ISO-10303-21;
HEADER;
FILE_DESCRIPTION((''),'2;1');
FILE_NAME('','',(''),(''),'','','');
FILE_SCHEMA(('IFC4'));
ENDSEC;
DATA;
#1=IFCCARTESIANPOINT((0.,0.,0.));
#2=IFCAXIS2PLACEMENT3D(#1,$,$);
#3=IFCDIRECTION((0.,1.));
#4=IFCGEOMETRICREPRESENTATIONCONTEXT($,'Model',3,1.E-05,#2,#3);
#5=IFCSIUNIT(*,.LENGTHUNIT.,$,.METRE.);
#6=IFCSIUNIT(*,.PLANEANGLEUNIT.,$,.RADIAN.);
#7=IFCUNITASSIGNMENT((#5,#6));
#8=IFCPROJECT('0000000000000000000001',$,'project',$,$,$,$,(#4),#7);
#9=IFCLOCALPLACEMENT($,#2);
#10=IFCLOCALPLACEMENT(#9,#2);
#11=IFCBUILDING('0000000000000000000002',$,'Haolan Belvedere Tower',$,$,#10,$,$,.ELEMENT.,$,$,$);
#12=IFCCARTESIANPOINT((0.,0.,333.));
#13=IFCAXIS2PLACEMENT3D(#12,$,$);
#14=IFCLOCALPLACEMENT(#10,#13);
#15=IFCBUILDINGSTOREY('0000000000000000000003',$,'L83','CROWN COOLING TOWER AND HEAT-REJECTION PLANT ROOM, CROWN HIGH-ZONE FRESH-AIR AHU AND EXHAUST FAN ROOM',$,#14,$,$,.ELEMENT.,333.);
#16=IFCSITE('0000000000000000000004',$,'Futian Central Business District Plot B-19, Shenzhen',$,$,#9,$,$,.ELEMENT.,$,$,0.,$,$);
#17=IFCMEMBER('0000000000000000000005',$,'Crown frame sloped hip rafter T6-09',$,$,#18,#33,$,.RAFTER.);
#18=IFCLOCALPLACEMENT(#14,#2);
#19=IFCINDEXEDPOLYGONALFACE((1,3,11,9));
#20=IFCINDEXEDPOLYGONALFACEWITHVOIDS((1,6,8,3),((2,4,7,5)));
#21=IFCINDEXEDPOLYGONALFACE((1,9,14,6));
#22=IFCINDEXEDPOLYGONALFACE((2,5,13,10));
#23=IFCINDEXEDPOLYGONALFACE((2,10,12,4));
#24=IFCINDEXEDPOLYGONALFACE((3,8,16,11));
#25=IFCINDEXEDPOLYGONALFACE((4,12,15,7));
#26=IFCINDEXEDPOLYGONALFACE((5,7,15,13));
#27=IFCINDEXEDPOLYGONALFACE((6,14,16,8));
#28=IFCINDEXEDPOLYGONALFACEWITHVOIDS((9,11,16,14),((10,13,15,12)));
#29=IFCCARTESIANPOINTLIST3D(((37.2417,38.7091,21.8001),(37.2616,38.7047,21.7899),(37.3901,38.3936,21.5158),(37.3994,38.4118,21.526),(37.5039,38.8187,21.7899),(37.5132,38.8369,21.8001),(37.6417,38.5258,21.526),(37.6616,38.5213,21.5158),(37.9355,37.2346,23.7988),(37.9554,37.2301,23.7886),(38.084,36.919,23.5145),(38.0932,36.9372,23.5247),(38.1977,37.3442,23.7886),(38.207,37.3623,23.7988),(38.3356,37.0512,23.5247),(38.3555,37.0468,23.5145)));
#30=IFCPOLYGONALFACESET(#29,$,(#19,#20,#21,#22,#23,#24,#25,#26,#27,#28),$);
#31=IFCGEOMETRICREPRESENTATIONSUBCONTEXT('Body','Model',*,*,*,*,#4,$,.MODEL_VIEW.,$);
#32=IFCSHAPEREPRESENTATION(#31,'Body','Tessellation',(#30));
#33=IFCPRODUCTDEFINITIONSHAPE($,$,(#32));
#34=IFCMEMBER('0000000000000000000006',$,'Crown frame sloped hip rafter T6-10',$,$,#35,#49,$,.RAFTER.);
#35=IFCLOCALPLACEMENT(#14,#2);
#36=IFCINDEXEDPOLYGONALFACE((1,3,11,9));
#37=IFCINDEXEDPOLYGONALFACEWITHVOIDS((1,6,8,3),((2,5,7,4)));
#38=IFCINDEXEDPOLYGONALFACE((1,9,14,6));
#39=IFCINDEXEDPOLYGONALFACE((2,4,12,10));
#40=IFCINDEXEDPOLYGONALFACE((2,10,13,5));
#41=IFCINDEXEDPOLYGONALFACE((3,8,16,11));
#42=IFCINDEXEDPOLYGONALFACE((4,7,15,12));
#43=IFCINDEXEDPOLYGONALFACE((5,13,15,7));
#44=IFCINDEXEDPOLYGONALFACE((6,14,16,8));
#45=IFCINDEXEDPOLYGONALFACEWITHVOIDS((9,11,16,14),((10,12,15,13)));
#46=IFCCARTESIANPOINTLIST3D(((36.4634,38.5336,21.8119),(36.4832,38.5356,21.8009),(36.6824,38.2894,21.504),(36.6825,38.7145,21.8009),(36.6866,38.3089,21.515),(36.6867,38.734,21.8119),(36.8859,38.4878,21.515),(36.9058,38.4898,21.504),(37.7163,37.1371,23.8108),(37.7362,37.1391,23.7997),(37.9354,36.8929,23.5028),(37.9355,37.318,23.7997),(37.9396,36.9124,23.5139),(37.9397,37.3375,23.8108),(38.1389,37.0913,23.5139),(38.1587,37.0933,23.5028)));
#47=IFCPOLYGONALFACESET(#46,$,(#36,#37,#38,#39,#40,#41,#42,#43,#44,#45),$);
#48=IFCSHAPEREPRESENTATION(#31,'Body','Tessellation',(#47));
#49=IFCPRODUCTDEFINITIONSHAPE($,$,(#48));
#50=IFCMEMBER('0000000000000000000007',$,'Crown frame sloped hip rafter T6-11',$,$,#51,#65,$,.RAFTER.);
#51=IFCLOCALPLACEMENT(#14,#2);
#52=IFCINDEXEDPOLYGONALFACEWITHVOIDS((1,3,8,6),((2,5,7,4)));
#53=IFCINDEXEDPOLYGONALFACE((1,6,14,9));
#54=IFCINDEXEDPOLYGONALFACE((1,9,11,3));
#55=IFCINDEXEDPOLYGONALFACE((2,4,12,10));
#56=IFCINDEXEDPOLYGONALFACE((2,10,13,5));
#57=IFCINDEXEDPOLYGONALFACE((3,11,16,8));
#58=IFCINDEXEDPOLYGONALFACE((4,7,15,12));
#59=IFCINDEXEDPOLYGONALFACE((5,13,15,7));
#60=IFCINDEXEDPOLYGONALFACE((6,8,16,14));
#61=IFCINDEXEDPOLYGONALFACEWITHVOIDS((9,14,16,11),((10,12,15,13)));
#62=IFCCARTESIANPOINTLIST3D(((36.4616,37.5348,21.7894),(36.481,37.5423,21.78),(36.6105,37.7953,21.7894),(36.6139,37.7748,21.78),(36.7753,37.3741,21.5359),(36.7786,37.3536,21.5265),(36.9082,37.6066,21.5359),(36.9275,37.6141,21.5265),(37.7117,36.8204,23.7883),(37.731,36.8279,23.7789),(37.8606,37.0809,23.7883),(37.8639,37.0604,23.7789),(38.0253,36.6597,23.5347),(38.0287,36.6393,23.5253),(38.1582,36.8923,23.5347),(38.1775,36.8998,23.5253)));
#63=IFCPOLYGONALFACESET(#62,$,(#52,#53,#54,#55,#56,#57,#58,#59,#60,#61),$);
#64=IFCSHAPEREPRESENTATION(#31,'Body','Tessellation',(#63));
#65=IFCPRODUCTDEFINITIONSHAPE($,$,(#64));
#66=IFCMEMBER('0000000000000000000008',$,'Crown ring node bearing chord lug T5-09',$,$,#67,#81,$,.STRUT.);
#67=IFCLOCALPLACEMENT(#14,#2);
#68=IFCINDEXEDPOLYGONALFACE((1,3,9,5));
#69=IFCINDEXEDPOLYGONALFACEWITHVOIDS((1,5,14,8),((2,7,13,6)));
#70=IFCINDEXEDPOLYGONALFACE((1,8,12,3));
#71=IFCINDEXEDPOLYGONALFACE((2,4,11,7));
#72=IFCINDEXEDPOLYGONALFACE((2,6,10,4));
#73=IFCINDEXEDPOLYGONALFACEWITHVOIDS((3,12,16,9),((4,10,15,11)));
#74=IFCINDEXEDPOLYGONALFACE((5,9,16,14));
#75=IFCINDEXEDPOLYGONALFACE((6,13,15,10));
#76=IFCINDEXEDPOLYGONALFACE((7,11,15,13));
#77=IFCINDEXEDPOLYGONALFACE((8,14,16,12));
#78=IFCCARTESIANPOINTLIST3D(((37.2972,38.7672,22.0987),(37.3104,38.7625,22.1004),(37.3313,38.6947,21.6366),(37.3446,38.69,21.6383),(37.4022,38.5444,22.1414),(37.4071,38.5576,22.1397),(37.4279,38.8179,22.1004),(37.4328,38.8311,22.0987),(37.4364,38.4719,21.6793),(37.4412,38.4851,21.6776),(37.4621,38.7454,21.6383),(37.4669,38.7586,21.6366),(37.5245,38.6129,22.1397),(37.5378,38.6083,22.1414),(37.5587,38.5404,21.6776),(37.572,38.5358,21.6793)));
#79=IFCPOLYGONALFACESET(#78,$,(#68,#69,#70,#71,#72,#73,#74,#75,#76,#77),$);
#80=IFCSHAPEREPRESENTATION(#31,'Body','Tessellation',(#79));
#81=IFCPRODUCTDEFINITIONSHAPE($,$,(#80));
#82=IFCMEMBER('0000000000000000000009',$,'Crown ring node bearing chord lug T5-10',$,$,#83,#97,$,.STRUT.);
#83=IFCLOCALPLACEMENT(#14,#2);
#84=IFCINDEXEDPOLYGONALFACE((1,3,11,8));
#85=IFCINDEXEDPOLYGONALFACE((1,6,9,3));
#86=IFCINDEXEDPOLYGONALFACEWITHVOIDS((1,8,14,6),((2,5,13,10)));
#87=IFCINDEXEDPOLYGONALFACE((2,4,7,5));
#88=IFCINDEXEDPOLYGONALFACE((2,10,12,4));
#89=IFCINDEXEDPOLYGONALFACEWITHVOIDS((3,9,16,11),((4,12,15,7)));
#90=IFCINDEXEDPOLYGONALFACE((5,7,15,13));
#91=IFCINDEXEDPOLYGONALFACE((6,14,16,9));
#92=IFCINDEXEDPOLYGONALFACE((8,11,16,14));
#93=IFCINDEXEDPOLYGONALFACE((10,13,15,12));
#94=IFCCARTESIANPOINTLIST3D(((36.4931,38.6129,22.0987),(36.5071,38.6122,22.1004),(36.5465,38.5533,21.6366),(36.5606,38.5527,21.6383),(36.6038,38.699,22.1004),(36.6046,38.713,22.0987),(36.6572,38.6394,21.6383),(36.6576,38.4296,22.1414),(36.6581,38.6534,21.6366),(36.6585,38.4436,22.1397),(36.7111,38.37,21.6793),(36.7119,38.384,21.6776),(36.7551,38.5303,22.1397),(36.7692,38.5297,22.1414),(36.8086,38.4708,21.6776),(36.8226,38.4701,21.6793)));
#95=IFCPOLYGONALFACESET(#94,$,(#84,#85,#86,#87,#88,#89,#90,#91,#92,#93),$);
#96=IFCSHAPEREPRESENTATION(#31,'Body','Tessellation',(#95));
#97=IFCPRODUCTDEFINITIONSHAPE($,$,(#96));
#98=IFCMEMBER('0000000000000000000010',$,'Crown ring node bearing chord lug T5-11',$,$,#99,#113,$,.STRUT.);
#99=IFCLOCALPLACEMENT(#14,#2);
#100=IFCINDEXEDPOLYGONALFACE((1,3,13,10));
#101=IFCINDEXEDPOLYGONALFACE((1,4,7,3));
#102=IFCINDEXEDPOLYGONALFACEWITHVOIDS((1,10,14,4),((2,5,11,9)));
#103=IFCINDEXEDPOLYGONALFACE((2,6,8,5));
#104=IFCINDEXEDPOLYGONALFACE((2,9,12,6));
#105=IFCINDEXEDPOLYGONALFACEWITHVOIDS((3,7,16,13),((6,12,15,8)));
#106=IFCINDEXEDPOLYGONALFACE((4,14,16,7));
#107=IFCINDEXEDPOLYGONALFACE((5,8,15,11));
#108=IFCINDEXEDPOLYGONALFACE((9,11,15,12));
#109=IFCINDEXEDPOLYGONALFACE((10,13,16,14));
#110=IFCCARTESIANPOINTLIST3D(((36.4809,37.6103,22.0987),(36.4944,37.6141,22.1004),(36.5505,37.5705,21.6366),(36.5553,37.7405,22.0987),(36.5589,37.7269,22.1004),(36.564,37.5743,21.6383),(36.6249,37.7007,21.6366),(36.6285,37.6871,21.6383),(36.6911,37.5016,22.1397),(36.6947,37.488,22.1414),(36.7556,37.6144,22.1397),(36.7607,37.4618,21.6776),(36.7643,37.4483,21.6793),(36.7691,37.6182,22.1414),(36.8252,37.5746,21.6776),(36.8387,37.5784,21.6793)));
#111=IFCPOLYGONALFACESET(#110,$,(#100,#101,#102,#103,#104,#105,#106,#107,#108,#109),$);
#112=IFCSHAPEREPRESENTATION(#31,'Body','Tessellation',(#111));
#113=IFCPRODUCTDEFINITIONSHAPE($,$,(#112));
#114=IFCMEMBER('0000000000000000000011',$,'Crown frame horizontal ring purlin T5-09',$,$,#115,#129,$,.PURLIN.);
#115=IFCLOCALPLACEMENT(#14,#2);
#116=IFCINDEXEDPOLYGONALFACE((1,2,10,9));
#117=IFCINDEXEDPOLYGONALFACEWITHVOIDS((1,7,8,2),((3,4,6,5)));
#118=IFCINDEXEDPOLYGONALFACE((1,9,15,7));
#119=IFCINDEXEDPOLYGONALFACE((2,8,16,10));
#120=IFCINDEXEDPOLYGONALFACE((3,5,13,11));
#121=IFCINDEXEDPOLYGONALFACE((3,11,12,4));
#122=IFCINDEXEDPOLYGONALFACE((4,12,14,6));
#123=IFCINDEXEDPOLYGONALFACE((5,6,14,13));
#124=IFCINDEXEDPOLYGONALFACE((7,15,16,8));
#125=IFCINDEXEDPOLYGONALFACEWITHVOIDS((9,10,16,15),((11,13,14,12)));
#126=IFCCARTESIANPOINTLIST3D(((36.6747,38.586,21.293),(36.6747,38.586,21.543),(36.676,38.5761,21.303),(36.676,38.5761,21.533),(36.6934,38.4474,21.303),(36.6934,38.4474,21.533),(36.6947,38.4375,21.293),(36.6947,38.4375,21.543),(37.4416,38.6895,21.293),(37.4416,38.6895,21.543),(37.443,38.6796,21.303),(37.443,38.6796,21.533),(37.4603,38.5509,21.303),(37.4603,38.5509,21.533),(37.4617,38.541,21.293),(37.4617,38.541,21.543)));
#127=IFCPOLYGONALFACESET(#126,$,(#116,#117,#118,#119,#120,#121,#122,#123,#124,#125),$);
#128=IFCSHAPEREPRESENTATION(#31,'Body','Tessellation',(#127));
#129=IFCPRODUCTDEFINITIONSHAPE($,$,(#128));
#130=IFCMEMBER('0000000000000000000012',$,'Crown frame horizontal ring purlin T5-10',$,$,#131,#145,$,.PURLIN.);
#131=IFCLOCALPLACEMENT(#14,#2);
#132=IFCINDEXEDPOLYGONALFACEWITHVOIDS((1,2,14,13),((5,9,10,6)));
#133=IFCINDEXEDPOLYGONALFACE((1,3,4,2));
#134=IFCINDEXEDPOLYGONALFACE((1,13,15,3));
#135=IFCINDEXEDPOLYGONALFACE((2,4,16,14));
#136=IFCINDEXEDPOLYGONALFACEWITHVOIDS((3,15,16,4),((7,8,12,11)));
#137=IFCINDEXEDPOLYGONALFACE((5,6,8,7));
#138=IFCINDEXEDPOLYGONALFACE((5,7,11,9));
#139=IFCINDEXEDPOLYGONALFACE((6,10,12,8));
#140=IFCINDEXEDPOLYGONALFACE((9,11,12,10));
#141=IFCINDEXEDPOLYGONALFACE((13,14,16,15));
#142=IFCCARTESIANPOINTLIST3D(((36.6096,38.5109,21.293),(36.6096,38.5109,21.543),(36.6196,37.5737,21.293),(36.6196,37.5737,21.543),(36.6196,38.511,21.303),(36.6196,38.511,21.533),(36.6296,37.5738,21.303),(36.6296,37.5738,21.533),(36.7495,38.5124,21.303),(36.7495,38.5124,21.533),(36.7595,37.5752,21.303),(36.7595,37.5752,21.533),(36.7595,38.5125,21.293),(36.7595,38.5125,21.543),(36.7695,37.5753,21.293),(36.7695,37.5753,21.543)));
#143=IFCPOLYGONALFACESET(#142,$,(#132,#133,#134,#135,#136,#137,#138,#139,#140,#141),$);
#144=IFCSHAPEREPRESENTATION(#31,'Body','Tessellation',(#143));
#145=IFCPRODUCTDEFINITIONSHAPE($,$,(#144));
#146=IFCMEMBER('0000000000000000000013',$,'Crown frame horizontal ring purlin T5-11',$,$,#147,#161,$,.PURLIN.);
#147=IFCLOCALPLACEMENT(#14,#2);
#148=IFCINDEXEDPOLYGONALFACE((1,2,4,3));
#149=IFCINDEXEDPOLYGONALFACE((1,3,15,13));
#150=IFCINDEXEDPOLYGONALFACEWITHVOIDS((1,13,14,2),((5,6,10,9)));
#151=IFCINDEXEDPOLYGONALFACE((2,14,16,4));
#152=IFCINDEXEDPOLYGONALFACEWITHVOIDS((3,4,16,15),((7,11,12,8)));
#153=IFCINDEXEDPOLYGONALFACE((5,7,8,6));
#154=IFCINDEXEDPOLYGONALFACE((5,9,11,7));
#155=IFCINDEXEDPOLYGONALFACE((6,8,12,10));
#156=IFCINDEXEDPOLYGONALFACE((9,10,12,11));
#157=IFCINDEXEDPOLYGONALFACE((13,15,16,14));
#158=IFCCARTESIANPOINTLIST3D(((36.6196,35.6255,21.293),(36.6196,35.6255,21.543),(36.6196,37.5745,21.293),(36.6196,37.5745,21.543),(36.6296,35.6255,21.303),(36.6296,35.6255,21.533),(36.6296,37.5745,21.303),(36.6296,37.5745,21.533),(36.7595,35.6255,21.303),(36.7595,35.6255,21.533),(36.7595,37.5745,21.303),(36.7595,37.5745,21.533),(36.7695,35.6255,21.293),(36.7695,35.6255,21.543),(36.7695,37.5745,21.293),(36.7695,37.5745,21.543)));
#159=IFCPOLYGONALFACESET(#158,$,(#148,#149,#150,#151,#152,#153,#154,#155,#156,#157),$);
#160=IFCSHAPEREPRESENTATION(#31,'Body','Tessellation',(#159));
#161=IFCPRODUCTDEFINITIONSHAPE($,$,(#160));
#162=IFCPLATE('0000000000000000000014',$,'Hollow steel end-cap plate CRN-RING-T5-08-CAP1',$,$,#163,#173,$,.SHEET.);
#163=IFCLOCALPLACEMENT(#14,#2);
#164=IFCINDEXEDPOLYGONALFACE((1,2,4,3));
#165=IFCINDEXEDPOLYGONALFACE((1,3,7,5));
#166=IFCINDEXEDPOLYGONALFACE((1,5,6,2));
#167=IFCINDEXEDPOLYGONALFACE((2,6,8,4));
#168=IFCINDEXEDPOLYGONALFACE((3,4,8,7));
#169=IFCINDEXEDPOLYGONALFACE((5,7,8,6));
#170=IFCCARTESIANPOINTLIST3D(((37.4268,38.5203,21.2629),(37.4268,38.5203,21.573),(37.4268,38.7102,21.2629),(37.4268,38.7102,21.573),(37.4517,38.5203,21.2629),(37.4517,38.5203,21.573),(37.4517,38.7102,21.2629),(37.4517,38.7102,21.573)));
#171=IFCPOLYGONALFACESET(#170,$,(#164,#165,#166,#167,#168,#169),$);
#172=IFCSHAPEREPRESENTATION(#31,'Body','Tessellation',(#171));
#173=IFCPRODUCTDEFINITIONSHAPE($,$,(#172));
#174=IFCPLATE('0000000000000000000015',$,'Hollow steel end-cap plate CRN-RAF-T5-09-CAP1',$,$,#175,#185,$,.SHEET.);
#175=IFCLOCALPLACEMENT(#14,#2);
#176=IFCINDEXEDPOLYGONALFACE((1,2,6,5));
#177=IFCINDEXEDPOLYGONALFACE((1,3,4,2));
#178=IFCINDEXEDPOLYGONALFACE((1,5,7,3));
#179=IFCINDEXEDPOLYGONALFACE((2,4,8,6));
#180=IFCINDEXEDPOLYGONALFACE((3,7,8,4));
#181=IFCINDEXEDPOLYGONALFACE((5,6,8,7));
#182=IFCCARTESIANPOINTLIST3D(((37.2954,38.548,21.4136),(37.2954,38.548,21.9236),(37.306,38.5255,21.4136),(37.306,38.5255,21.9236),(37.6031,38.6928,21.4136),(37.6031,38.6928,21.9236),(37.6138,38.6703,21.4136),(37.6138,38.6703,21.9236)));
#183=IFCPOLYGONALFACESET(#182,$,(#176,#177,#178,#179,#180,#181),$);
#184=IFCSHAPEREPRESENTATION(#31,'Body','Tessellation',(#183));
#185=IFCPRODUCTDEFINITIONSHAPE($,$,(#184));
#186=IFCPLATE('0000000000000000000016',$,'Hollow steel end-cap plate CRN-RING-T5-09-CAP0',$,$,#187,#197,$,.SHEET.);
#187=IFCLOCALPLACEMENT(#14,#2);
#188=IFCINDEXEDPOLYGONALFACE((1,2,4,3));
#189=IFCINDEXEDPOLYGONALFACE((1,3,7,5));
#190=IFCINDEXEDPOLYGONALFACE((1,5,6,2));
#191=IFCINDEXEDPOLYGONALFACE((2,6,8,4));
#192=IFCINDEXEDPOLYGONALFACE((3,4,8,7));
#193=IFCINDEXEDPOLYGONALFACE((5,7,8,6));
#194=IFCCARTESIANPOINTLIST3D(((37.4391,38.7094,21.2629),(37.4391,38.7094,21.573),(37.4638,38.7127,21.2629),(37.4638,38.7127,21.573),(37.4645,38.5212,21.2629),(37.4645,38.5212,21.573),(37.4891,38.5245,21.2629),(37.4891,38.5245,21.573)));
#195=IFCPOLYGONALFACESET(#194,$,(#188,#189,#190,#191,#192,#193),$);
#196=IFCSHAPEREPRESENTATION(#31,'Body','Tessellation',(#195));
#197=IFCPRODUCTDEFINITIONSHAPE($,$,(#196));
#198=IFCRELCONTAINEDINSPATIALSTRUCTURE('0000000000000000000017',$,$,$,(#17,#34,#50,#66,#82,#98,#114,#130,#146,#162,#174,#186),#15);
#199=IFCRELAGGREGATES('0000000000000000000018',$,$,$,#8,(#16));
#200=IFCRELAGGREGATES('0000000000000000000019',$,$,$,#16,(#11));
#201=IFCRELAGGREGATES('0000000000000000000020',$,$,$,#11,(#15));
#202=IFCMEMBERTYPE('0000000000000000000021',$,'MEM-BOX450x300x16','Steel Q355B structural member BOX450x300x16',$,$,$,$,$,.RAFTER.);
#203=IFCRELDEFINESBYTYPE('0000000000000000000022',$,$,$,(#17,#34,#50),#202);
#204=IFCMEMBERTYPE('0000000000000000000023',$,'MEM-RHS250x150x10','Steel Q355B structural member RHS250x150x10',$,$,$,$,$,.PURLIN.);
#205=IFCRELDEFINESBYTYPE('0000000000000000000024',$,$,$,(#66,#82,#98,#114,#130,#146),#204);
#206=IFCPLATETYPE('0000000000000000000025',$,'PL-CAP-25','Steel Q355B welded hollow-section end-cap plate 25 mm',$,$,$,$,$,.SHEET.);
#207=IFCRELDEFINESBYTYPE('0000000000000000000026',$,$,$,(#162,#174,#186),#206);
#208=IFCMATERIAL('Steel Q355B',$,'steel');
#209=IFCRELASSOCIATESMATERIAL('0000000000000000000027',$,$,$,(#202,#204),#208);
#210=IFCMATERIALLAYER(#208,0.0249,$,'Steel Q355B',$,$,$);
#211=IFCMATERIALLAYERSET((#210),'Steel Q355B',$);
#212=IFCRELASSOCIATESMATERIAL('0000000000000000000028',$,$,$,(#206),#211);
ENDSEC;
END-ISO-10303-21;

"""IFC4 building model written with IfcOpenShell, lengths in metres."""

from ifc_helpers import new_model, si_unit, direction, frame, origin, origin_2d, place, context, subcontext, project, spatial, rectangle, hollow_rectangle, extrude, material, layer, layer_set, material_profile, profile_set, type_object, element, save


model = new_model("IFC4")

# Units and contexts
model_context = context("Model", 3, precision=1e-05, world=origin(), true_north=direction((0.0, 1.0)))
body_context = subcontext(model_context, "Body", "Model", "MODEL_VIEW")
ifc_project = project(units=[si_unit("LENGTHUNIT", "METRE"), si_unit("PLANEANGLEUNIT", "RADIAN")], contexts=[model_context])

# Site, building, storey
site_placement = place(None, origin())
site = spatial("IfcSite", under=ifc_project, at=site_placement, Name="Futian Central Business District Plot B-19, Shenzhen", CompositionType="ELEMENT", RefElevation=0.0)
building_placement = place(site_placement, origin())
building = spatial("IfcBuilding", under=site, at=building_placement, Name="Haolan Belvedere Tower", CompositionType="ELEMENT")
storey_placement = place(building_placement, frame((0.0, 0.0, 333.0)))
storey = spatial("IfcBuildingStorey", under=building, at=storey_placement, Name="L83", Description="CROWN COOLING TOWER AND HEAT-REJECTION PLANT ROOM, CROWN HIGH-ZONE FRESH-AIR AHU AND EXHAUST FAN ROOM", CompositionType="ELEMENT", Elevation=333.0)

# Members
ifc_material_1 = material(Name="Steel Q355B", Category="steel")
ifc_material_profile_1 = material_profile(ifc_material_1, hollow_rectangle(XDim=0.3, YDim=0.45, WallThickness=0.0161, at=origin_2d()), Name="Steel Q355B")
ifc_profile_set_1 = profile_set([ifc_material_profile_1], Name="Steel Q355B")
member_type_1 = type_object("IfcMemberType", Name="MEM-BOX450x300x16", Description="Steel Q355B structural member BOX450x300x16", PredefinedType="RAFTER", material=ifc_profile_set_1)
member_1_placement = place(storey_placement, frame((37.4517, 38.6152, 21.658), z_axis=(0.269042, -0.571785, 0.775034), x_axis=(0.904839, 0.425754, 0.0)))
element("IfcMember", 1, at=member_1_placement, inside=storey, type_object=member_type_1, Name="Crown frame sloped hip rafter T6-09", PredefinedType="RAFTER", context=body_context, shape_type="SweptSolid", body=[
    extrude(hollow_rectangle(XDim=0.3, YDim=0.45, WallThickness=0.0161, at=origin_2d()), origin(), (0.0, 0.0, 1.0), 2.5789),
])
member_2_placement = place(storey_placement, frame((36.6846, 38.5117, 21.658), z_axis=(0.457045, -0.509411, 0.729116), x_axis=(0.744329, 0.667814, 0.0)))
element("IfcMember", 2, at=member_2_placement, inside=storey, type_object=member_type_1, Name="Crown frame sloped hip rafter T6-10", PredefinedType="RAFTER", context=body_context, shape_type="SweptSolid", body=[
    extrude(hollow_rectangle(XDim=0.3, YDim=0.45, WallThickness=0.0161, at=origin_2d()), origin(), (0.0, 0.0, 1.0), 2.7415),
])
member_3_placement = place(storey_placement, frame((36.6946, 37.5745, 21.658), z_axis=(0.507446, -0.289998, 0.811418), x_axis=(0.496175, 0.868222, 0.0)))
element("IfcMember", 3, at=member_3_placement, inside=storey, type_object=member_type_1, Name="Crown frame sloped hip rafter T6-11", PredefinedType="RAFTER", context=body_context, shape_type="SweptSolid", body=[
    extrude(hollow_rectangle(XDim=0.3, YDim=0.45, WallThickness=0.0161, at=origin_2d()), origin(), (0.0, 0.0, 1.0), 2.4634),
])
ifc_material_profile_2 = material_profile(ifc_material_1, hollow_rectangle(XDim=0.1499, YDim=0.25, WallThickness=0.01, at=origin_2d()), Name="Steel Q355B")
ifc_profile_set_2 = profile_set([ifc_material_profile_2], Name="Steel Q355B")
member_type_2 = type_object("IfcMemberType", Name="MEM-RHS250x150x10", Description="Steel Q355B structural member RHS250x150x10", PredefinedType="PURLIN", material=ifc_profile_set_2)
for number, where, z_axis, x_axis, name in (
    (4, (37.4517, 38.6152, 21.658), (-0.072869, 0.154586, 0.985288), (-0.904542, -0.426384, 0.0), "Crown ring node bearing chord lug T5-09"),
    (5, (36.6846, 38.5117, 21.658), (-0.113992, 0.127005, 0.98533), (-0.744203, -0.667953, 0.0), "Crown ring node bearing chord lug T5-10"),
    (6, (36.6946, 37.5745, 21.658), (-0.14834, 0.08484, 0.985291), (-0.496467, -0.868056, 0.0), "Crown ring node bearing chord lug T5-11"),
):
    element("IfcMember", number, at=place(storey_placement, frame(where, z_axis=z_axis, x_axis=x_axis)), inside=storey, type_object=member_type_2, Name=name, PredefinedType="STRUT", context=body_context, shape_type="SweptSolid", body=[
        extrude(hollow_rectangle(XDim=0.1499, YDim=0.25, WallThickness=0.01, at=origin_2d()), origin(), (0.0, 0.0, 1.0), 0.469),
    ])
member_4_placement = place(storey_placement, frame((37.4517, 38.6152, 21.418), z_axis=(-0.991017, -0.133734, 0.0), x_axis=(0.133734, -0.991017, 0.0)))
element("IfcMember", 7, at=member_4_placement, inside=storey, type_object=member_type_2, Name="Crown frame horizontal ring purlin T5-09", PredefinedType="PURLIN", context=body_context, shape_type="SweptSolid", body=[
    extrude(hollow_rectangle(XDim=0.1499, YDim=0.25, WallThickness=0.01, at=origin_2d()), origin(), (0.0, 0.0, 1.0), 0.7739),
])
member_5_placement = place(storey_placement, frame((36.6846, 38.5117, 21.418), z_axis=(0.010679, -0.999943, 0.0), x_axis=(0.999943, 0.010679, 0.0)))
element("IfcMember", 8, at=member_5_placement, inside=storey, type_object=member_type_2, Name="Crown frame horizontal ring purlin T5-10", PredefinedType="PURLIN", context=body_context, shape_type="SweptSolid", body=[
    extrude(hollow_rectangle(XDim=0.1499, YDim=0.25, WallThickness=0.01, at=origin_2d()), origin(), (0.0, 0.0, 1.0), 0.9373),
])
member_6_placement = place(storey_placement, frame((36.6946, 37.5745, 21.418), z_axis=(0.0, -1.0, 0.0), x_axis=(1.0, 0.0, 0.0)))
element("IfcMember", 9, at=member_6_placement, inside=storey, type_object=member_type_2, Name="Crown frame horizontal ring purlin T5-11", PredefinedType="PURLIN", context=body_context, shape_type="SweptSolid", body=[
    extrude(hollow_rectangle(XDim=0.1499, YDim=0.25, WallThickness=0.01, at=origin_2d()), origin(), (0.0, 0.0, 1.0), 1.949),
])

# Plates
ifc_layer_1 = layer(ifc_material_1, 0.0249, Name="Steel Q355B")
ifc_layer_set_1 = layer_set([ifc_layer_1], Name="Steel Q355B")
plate_type = type_object("IfcPlateType", Name="PL-CAP-25", Description="Steel Q355B welded hollow-section end-cap plate 25 mm", PredefinedType="SHEET", material=ifc_layer_set_1)
plate_1_placement = place(storey_placement, frame((37.4392, 38.6152, 21.2629), z_axis=(0.0, 0.0, 1.0), x_axis=(0.0, -1.0, 0.0)))
element("IfcPlate", 10, at=plate_1_placement, inside=storey, type_object=plate_type, Name="Hollow steel end-cap plate CRN-RING-T5-08-CAP1", PredefinedType="SHEET", context=body_context, shape_type="SweptSolid", body=[
    extrude(rectangle(XDim=0.1899, YDim=0.0249, at=origin_2d()), origin(), (0.0, 0.0, 1.0), 0.3101),
])
plate_2_placement = place(storey_placement, frame((37.4546, 38.6091, 21.4136), z_axis=(0.0, 0.0, 1.0), x_axis=(0.90482, 0.425795, 0.0)))
element("IfcPlate", 11, at=plate_2_placement, inside=storey, type_object=plate_type, Name="Hollow steel end-cap plate CRN-RAF-T5-09-CAP1", PredefinedType="SHEET", context=body_context, shape_type="SweptSolid", body=[
    extrude(rectangle(XDim=0.3401, YDim=0.0249, at=origin_2d()), origin(), (0.0, 0.0, 1.0), 0.51),
])
for number, where, z_axis, x_axis, name in (
    (12, (37.4641, 38.6169, 21.2629), (0.0, 0.0, 1.0), (-0.133709, 0.991021, 0.0), "Hollow steel end-cap plate CRN-RING-T5-09-CAP0"),
):
    element("IfcPlate", number, at=place(storey_placement, frame(where, z_axis=z_axis, x_axis=x_axis)), inside=storey, type_object=plate_type, Name=name, PredefinedType="SHEET", context=body_context, shape_type="SweptSolid", body=[
        extrude(rectangle(XDim=0.1899, YDim=0.0249, at=origin_2d()), origin(), (0.0, 0.0, 1.0), 0.3101),
    ])

save(model, "model.ifc")
